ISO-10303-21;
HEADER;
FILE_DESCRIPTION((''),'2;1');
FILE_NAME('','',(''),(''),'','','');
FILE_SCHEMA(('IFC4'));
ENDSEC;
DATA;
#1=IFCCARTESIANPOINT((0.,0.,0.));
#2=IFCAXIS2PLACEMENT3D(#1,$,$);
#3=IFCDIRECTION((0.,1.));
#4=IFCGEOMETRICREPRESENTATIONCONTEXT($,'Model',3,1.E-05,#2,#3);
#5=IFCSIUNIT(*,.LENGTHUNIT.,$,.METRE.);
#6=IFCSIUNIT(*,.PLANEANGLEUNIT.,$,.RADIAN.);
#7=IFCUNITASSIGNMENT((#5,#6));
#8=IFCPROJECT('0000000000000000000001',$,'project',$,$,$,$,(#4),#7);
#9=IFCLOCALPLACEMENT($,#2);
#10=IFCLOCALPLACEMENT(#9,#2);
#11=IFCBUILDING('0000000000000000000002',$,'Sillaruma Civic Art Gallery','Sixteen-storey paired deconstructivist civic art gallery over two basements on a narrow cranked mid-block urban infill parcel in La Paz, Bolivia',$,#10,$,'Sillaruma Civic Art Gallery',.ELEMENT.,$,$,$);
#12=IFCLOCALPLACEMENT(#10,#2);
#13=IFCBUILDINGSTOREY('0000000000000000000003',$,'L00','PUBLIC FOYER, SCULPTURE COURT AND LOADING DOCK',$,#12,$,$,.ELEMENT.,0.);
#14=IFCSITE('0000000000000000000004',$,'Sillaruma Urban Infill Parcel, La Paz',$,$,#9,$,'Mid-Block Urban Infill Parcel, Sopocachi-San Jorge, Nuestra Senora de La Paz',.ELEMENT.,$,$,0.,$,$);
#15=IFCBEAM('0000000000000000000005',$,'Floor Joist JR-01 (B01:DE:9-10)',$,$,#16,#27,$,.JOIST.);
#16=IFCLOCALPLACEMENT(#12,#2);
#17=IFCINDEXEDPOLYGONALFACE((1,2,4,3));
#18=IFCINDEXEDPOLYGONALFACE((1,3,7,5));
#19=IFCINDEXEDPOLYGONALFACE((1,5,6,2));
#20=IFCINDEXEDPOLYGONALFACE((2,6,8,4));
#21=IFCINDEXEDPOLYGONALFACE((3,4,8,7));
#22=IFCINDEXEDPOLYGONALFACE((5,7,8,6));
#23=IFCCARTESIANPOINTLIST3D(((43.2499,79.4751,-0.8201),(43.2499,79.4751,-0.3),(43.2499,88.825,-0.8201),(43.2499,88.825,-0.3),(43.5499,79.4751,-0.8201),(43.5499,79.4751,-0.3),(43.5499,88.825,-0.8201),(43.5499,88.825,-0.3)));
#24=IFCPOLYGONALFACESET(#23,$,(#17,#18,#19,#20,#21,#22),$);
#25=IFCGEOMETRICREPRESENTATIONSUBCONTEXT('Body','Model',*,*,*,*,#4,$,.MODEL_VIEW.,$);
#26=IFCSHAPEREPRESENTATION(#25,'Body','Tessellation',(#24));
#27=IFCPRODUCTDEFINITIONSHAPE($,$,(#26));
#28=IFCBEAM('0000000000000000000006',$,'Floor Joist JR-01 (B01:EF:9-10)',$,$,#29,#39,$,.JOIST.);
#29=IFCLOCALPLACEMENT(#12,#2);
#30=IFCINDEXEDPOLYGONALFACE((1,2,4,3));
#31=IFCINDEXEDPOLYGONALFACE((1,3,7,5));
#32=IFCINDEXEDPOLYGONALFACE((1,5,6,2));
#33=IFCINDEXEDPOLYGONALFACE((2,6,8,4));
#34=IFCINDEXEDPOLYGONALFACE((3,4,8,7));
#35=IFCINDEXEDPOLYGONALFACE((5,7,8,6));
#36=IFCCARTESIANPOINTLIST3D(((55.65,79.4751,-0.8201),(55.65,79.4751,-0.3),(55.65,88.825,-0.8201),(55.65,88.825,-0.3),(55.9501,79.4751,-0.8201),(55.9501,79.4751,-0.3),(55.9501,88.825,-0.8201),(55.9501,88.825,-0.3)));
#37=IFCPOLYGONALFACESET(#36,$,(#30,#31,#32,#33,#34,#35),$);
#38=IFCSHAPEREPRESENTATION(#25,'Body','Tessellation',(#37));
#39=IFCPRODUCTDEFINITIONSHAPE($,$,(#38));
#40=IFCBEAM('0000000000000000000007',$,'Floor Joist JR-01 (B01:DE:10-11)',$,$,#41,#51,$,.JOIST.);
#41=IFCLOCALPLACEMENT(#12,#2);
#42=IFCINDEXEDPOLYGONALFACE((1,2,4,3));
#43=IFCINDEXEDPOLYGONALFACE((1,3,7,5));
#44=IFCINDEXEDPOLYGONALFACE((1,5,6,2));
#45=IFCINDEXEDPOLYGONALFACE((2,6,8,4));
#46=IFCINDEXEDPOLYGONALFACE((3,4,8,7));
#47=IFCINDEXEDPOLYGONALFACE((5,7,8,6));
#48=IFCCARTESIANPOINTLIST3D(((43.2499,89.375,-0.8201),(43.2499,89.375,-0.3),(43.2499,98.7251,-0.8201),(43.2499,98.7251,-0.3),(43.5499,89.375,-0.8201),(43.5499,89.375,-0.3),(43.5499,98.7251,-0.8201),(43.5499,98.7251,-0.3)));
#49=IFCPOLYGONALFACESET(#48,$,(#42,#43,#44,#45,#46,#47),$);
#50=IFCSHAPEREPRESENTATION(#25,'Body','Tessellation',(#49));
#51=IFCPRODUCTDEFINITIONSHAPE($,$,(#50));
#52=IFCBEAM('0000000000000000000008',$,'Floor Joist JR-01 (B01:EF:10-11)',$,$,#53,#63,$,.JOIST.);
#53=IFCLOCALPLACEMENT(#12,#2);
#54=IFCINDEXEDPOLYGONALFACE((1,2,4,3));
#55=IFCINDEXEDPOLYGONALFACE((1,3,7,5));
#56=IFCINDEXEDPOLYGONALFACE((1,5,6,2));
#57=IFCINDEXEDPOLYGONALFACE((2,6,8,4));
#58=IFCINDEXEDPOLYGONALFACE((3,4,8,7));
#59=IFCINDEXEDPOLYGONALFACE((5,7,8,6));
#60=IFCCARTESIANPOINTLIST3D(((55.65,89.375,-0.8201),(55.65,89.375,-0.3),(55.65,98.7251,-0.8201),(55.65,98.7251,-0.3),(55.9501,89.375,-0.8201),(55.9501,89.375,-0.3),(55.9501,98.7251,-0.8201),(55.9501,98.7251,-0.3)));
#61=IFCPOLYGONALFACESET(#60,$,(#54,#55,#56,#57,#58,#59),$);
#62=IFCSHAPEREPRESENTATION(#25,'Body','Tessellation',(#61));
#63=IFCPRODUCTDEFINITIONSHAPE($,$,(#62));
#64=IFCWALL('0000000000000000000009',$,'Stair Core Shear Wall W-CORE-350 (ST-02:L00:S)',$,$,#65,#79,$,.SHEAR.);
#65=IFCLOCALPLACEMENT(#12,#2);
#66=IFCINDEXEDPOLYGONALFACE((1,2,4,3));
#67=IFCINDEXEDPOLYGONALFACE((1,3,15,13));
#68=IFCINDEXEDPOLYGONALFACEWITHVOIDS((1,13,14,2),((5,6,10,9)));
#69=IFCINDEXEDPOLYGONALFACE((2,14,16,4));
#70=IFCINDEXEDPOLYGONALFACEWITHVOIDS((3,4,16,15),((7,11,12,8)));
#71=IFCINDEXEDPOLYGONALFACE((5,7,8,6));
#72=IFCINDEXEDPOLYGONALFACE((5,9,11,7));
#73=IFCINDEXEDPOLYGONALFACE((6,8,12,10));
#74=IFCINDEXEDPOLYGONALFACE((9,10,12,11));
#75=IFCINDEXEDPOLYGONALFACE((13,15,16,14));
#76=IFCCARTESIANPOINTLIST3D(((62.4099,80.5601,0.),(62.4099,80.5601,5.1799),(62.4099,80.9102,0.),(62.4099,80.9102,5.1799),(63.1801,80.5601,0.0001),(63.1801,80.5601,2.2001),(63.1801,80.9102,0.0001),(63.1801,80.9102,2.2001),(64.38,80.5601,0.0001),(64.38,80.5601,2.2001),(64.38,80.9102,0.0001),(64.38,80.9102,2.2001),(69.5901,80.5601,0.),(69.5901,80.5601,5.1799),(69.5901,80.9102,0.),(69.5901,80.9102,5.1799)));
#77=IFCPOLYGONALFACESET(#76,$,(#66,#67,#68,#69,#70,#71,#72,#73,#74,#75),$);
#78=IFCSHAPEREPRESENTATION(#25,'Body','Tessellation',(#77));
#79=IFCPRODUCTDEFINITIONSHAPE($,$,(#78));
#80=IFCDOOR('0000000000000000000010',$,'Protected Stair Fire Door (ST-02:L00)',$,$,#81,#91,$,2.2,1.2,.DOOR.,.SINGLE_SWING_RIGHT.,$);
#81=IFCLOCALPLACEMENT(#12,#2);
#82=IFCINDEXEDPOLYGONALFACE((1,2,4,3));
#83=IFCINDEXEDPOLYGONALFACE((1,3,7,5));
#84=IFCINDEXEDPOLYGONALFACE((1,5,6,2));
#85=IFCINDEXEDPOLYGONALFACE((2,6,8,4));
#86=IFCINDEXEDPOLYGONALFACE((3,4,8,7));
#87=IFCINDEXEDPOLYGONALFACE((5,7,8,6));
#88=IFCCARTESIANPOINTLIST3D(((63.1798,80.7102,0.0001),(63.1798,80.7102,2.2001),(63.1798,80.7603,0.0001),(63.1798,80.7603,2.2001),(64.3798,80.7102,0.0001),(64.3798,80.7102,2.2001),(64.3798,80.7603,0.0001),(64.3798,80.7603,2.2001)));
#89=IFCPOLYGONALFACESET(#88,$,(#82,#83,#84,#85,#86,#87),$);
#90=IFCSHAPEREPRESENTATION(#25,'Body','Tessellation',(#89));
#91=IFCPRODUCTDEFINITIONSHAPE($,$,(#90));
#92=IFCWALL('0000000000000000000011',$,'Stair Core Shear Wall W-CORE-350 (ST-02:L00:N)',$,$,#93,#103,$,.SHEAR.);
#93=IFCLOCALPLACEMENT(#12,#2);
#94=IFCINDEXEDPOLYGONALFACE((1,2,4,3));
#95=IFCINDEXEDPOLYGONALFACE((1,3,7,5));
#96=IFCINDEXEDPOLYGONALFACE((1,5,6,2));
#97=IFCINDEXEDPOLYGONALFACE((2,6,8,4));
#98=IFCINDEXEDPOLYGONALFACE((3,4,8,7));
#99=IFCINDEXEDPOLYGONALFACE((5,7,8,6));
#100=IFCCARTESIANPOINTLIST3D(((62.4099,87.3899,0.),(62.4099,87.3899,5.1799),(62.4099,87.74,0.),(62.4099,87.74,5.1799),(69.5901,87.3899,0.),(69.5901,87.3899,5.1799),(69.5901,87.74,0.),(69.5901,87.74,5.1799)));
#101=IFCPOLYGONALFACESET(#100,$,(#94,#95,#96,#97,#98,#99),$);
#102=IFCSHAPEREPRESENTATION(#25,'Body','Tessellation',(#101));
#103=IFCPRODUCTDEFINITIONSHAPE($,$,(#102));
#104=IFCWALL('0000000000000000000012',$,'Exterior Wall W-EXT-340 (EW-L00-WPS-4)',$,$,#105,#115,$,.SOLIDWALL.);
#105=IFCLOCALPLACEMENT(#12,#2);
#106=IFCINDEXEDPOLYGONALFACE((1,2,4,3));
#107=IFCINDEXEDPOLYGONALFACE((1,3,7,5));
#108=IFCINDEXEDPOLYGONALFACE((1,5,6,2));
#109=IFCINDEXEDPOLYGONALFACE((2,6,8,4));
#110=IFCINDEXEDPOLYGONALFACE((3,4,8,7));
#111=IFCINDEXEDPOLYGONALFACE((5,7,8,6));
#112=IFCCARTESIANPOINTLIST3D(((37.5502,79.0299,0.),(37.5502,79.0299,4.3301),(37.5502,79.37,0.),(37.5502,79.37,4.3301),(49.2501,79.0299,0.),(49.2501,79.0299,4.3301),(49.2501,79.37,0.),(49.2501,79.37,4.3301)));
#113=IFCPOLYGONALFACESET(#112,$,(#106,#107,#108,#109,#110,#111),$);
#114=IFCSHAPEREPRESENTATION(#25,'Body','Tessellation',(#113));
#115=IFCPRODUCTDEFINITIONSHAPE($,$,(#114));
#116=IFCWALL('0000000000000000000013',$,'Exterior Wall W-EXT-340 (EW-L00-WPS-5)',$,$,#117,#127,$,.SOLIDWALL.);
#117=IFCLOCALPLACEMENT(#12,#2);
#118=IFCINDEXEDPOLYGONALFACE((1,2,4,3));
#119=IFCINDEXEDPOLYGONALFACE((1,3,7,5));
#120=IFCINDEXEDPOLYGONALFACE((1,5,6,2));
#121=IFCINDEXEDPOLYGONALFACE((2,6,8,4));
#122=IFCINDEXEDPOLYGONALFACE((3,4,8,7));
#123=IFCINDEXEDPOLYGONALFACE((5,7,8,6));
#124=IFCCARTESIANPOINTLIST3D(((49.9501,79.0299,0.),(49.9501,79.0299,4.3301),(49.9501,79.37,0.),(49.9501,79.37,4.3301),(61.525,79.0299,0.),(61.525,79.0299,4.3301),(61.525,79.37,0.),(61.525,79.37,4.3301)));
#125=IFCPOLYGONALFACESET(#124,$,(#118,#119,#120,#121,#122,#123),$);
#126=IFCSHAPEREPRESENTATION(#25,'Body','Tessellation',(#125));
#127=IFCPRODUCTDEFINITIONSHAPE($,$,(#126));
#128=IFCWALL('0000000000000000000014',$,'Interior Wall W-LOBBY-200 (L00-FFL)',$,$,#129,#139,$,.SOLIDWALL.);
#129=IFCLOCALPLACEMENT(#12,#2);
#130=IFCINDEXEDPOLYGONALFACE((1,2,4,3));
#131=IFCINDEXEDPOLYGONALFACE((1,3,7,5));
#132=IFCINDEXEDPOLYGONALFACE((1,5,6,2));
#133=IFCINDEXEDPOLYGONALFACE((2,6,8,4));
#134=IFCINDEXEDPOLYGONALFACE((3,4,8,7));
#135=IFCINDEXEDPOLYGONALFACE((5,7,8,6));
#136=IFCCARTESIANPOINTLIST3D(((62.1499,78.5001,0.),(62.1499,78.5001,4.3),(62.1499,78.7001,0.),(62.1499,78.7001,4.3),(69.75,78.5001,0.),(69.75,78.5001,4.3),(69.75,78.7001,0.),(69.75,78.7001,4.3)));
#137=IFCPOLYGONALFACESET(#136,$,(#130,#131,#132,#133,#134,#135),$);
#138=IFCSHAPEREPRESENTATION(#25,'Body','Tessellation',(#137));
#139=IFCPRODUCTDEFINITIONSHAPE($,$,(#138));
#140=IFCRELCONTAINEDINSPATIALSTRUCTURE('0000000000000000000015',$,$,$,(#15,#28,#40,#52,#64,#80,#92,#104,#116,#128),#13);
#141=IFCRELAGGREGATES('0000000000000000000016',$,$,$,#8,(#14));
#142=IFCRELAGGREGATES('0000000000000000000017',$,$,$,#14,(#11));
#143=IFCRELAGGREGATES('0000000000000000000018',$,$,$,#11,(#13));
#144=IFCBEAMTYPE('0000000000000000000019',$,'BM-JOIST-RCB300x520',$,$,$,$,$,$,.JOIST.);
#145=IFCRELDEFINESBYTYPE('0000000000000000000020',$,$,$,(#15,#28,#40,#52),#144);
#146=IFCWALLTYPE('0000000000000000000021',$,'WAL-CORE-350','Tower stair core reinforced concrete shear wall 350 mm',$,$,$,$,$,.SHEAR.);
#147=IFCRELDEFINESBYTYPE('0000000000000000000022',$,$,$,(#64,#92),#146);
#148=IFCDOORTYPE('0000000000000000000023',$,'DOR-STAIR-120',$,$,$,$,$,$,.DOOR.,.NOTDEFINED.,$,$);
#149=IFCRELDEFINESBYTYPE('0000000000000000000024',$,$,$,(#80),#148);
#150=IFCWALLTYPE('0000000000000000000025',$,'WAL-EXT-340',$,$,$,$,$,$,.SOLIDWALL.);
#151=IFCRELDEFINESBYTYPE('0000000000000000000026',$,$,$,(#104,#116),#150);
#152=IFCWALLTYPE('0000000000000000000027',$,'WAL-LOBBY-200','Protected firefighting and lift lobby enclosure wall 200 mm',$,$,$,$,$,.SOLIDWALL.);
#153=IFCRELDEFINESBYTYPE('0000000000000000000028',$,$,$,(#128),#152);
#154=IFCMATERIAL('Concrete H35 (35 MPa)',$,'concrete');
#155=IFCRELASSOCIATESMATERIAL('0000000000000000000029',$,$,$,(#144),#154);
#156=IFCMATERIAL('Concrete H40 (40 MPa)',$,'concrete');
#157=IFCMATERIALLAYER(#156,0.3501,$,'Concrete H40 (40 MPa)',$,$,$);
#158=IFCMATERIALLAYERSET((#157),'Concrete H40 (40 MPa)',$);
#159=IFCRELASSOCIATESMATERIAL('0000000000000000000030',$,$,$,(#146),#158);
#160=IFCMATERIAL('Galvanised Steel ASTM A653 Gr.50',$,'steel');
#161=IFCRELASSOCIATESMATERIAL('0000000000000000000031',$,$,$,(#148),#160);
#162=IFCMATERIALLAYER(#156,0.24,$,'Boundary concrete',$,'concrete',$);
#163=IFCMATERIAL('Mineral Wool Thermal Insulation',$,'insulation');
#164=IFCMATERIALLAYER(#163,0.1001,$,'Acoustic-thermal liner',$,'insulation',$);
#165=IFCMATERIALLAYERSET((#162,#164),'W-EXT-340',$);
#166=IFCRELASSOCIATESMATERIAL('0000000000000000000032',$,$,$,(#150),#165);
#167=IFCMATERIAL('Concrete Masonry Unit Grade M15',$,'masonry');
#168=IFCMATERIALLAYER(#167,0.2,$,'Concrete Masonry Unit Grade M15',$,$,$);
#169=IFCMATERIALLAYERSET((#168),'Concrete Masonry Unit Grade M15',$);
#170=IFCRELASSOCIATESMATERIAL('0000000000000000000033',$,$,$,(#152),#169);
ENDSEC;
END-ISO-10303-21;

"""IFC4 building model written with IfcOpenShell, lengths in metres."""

from ifc_helpers import new_model, si_unit, direction, frame, frame_2d, origin, origin_2d, place, context, subcontext, project, spatial, rectangle, extrude, material, layer, layer_set, material_profile, profile_set, type_object, element, fill, save


model = new_model("IFC4")

# Units and contexts
model_context = context("Model", 3, precision=1e-05, world=origin(), true_north=direction((0.0, 1.0)))
body_context = subcontext(model_context, "Body", "Model", "MODEL_VIEW")
ifc_project = project(units=[si_unit("LENGTHUNIT", "METRE"), si_unit("PLANEANGLEUNIT", "RADIAN")], contexts=[model_context])

# Site, building, storey
site_placement = place(None, origin())
site = spatial("IfcSite", under=ifc_project, at=site_placement, Name="Sillaruma Urban Infill Parcel, La Paz", LongName="Mid-Block Urban Infill Parcel, Sopocachi-San Jorge, Nuestra Senora de La Paz", CompositionType="ELEMENT", RefElevation=0.0)
building_placement = place(site_placement, origin())
building = spatial("IfcBuilding", under=site, at=building_placement, Name="Sillaruma Civic Art Gallery", Description="Sixteen-storey paired deconstructivist civic art gallery over two basements on a narrow cranked mid-block urban infill parcel in La Paz, Bolivia", LongName="Sillaruma Civic Art Gallery", CompositionType="ELEMENT")
storey_placement = place(building_placement, origin())
storey = spatial("IfcBuildingStorey", under=building, at=storey_placement, Name="L00", Description="PUBLIC FOYER, SCULPTURE COURT AND LOADING DOCK", CompositionType="ELEMENT", Elevation=0.0)

# Shared definitions
ifc_material_1 = material(Name="Concrete H40 (40 MPa)", Category="concrete")

# Beams
ifc_material_2 = material(Name="Concrete H35 (35 MPa)", Category="concrete")
ifc_material_profile_1 = material_profile(ifc_material_2, rectangle(XDim=0.3, YDim=0.52, at=origin_2d()), Name="RCB300x520")
ifc_profile_set_1 = profile_set([ifc_material_profile_1], Name="Concrete H35 (35 MPa)")
beam_type_1 = type_object("IfcBeamType", Name="BM-JOIST-RCB300x520", PredefinedType="JOIST", material=ifc_profile_set_1)
for number, where, z_axis, x_axis, name in (
    (1, (43.3999, 79.4751, -0.5601), (0.0, 1.0, 0.0), (-1.0, 0.0, 0.0), "Floor Joist JR-01 (B01:DE:9-10)"),
    (2, (55.8, 79.4751, -0.5601), (0.0, 1.0, 0.0), (-1.0, 0.0, 0.0), "Floor Joist JR-01 (B01:EF:9-10)"),
):
    element("IfcBeam", number, at=place(storey_placement, frame(where, z_axis=z_axis, x_axis=x_axis)), inside=storey, type_object=beam_type_1, Name=name, PredefinedType="JOIST", context=body_context, shape_type="SweptSolid", body=[
        extrude(rectangle(XDim=0.3, YDim=0.52, at=origin_2d()), origin(), (0.0, 0.0, 1.0), 9.3499),
    ])
for number, where, z_axis, x_axis, name in (
    (3, (43.3999, 89.375, -0.5601), (0.0, 1.0, 0.0), (-1.0, 0.0, 0.0), "Floor Joist JR-01 (B01:DE:10-11)"),
    (4, (55.8, 89.375, -0.5601), (0.0, 1.0, 0.0), (-1.0, 0.0, 0.0), "Floor Joist JR-01 (B01:EF:10-11)"),
):
    element("IfcBeam", number, at=place(storey_placement, frame(where, z_axis=z_axis, x_axis=x_axis)), inside=storey, type_object=beam_type_1, Name=name, PredefinedType="JOIST", context=body_context, shape_type="SweptSolid", body=[
        extrude(rectangle(XDim=0.3, YDim=0.52, at=origin_2d()), origin(), (0.0, 0.0, 1.0), 9.3501),
    ])

# Wall, opening, door
ifc_layer_1 = layer(ifc_material_1, 0.3501, Name="Concrete H40 (40 MPa)")
ifc_layer_set_1 = layer_set([ifc_layer_1], Name="Concrete H40 (40 MPa)")
wall_type_1 = type_object("IfcWallType", Name="WAL-CORE-350", Description="Tower stair core reinforced concrete shear wall 350 mm", PredefinedType="SHEAR", material=ifc_layer_set_1)
wall_1_placement = place(storey_placement, frame((62.4099, 80.7351, 0.0), z_axis=(0.0, 0.0, 1.0), x_axis=(1.0, 0.0, 0.0)))
wall_1 = element("IfcWall", 5, at=wall_1_placement, inside=storey, type_object=wall_type_1, Name="Stair Core Shear Wall W-CORE-350 (ST-02:L00:S)", PredefinedType="SHEAR", context=body_context, shape_type="SweptSolid", body=[
    extrude(rectangle(XDim=7.1802, YDim=0.3501, at=frame_2d((3.5901, 0.0))), origin(), (0.0, 0.0, 1.0), 5.1799),
])
opening_placement = place(wall_1_placement, frame((0.77, 0.0, 0.0)))
opening = element("IfcOpeningElement", 6, at=opening_placement, cuts=wall_1, PredefinedType="OPENING", context=body_context, shape_type="SweptSolid", body=[
    extrude(rectangle(XDim=1.2, YDim=2.2, at=frame_2d((0.6001, 1.1001))), frame((0.0, 0.1851, 0.0), z_axis=(0.0, -1.0, 0.0), x_axis=(1.0, 0.0, 0.0)), (0.0, 0.0, 1.0), 0.3701),
])
ifc_material_3 = material(Name="Galvanised Steel ASTM A653 Gr.50", Category="steel")
door_type = type_object("IfcDoorType", Name="DOR-STAIR-120", OperationType="NOTDEFINED", PredefinedType="DOOR", material=ifc_material_3)
door_placement = place(opening_placement, frame((1.2, 0.0, 0.0), z_axis=(0.0, 0.0, 1.0), x_axis=(-1.0, 0.0, 0.0)))
door = element("IfcDoor", 7, at=door_placement, inside=storey, type_object=door_type, Name="Protected Stair Fire Door (ST-02:L00)", OperationType="SINGLE_SWING_RIGHT", OverallHeight=2.2, OverallWidth=1.2, PredefinedType="DOOR", context=body_context, shape_type="SweptSolid", body=[
    extrude(rectangle(XDim=1.2, YDim=2.2, at=frame_2d((0.6001, 1.1001))), frame((0.0, 0.0249, 0.0), z_axis=(0.0, -1.0, 0.0), x_axis=(1.0, 0.0, 0.0)), (0.0, 0.0, 1.0), 0.05),
])
fill(opening, door)

# Walls
wall_2_placement = place(storey_placement, frame((62.4099, 87.5649, 0.0), z_axis=(0.0, 0.0, 1.0), x_axis=(1.0, 0.0, 0.0)))
element("IfcWall", 8, at=wall_2_placement, inside=storey, type_object=wall_type_1, Name="Stair Core Shear Wall W-CORE-350 (ST-02:L00:N)", PredefinedType="SHEAR", context=body_context, shape_type="SweptSolid", body=[
    extrude(rectangle(XDim=7.1802, YDim=0.3501, at=frame_2d((3.5901, 0.0))), origin(), (0.0, 0.0, 1.0), 5.1799),
])
ifc_layer_2 = layer(ifc_material_1, 0.24, Name="Boundary concrete", Category="concrete")
ifc_material_4 = material(Name="Mineral Wool Thermal Insulation", Category="insulation")
ifc_layer_3 = layer(ifc_material_4, 0.1001, Name="Acoustic-thermal liner", Category="insulation")
ifc_layer_set_2 = layer_set([ifc_layer_2, ifc_layer_3], Name="W-EXT-340")
wall_type_2 = type_object("IfcWallType", Name="WAL-EXT-340", PredefinedType="SOLIDWALL", material=ifc_layer_set_2)
wall_3_placement = place(storey_placement, frame((37.55, 79.2, 0.0), z_axis=(0.0, 0.0, 1.0), x_axis=(1.0, 0.0, 0.0)))
element("IfcWall", 9, at=wall_3_placement, inside=storey, type_object=wall_type_2, Name="Exterior Wall W-EXT-340 (EW-L00-WPS-4)", PredefinedType="SOLIDWALL", context=body_context, shape_type="SweptSolid", body=[
    extrude(rectangle(XDim=11.7, YDim=0.3401, at=frame_2d((5.8501, 0.0))), origin(), (0.0, 0.0, 1.0), 4.3301),
])
wall_4_placement = place(storey_placement, frame((49.95, 79.2, 0.0), z_axis=(0.0, 0.0, 1.0), x_axis=(1.0, 0.0, 0.0)))
element("IfcWall", 10, at=wall_4_placement, inside=storey, type_object=wall_type_2, Name="Exterior Wall W-EXT-340 (EW-L00-WPS-5)", PredefinedType="SOLIDWALL", context=body_context, shape_type="SweptSolid", body=[
    extrude(rectangle(XDim=11.575, YDim=0.3401, at=frame_2d((5.7876, 0.0))), origin(), (0.0, 0.0, 1.0), 4.3301),
])
ifc_material_5 = material(Name="Concrete Masonry Unit Grade M15", Category="masonry")
ifc_layer_4 = layer(ifc_material_5, 0.2, Name="Concrete Masonry Unit Grade M15")
ifc_layer_set_3 = layer_set([ifc_layer_4], Name="Concrete Masonry Unit Grade M15")
wall_type_3 = type_object("IfcWallType", Name="WAL-LOBBY-200", Description="Protected firefighting and lift lobby enclosure wall 200 mm", PredefinedType="SOLIDWALL", material=ifc_layer_set_3)
wall_5_placement = place(storey_placement, frame((62.1499, 78.6001, 0.0), z_axis=(0.0, 0.0, 1.0), x_axis=(1.0, 0.0, 0.0)))
element("IfcWall", 11, at=wall_5_placement, inside=storey, type_object=wall_type_3, Name="Interior Wall W-LOBBY-200 (L00-FFL)", PredefinedType="SOLIDWALL", context=body_context, shape_type="SweptSolid", body=[
    extrude(rectangle(XDim=7.6001, YDim=0.2, at=frame_2d((3.8, 0.0))), origin(), (0.0, 0.0, 1.0), 4.3),
])

save(model, "model.ifc")
